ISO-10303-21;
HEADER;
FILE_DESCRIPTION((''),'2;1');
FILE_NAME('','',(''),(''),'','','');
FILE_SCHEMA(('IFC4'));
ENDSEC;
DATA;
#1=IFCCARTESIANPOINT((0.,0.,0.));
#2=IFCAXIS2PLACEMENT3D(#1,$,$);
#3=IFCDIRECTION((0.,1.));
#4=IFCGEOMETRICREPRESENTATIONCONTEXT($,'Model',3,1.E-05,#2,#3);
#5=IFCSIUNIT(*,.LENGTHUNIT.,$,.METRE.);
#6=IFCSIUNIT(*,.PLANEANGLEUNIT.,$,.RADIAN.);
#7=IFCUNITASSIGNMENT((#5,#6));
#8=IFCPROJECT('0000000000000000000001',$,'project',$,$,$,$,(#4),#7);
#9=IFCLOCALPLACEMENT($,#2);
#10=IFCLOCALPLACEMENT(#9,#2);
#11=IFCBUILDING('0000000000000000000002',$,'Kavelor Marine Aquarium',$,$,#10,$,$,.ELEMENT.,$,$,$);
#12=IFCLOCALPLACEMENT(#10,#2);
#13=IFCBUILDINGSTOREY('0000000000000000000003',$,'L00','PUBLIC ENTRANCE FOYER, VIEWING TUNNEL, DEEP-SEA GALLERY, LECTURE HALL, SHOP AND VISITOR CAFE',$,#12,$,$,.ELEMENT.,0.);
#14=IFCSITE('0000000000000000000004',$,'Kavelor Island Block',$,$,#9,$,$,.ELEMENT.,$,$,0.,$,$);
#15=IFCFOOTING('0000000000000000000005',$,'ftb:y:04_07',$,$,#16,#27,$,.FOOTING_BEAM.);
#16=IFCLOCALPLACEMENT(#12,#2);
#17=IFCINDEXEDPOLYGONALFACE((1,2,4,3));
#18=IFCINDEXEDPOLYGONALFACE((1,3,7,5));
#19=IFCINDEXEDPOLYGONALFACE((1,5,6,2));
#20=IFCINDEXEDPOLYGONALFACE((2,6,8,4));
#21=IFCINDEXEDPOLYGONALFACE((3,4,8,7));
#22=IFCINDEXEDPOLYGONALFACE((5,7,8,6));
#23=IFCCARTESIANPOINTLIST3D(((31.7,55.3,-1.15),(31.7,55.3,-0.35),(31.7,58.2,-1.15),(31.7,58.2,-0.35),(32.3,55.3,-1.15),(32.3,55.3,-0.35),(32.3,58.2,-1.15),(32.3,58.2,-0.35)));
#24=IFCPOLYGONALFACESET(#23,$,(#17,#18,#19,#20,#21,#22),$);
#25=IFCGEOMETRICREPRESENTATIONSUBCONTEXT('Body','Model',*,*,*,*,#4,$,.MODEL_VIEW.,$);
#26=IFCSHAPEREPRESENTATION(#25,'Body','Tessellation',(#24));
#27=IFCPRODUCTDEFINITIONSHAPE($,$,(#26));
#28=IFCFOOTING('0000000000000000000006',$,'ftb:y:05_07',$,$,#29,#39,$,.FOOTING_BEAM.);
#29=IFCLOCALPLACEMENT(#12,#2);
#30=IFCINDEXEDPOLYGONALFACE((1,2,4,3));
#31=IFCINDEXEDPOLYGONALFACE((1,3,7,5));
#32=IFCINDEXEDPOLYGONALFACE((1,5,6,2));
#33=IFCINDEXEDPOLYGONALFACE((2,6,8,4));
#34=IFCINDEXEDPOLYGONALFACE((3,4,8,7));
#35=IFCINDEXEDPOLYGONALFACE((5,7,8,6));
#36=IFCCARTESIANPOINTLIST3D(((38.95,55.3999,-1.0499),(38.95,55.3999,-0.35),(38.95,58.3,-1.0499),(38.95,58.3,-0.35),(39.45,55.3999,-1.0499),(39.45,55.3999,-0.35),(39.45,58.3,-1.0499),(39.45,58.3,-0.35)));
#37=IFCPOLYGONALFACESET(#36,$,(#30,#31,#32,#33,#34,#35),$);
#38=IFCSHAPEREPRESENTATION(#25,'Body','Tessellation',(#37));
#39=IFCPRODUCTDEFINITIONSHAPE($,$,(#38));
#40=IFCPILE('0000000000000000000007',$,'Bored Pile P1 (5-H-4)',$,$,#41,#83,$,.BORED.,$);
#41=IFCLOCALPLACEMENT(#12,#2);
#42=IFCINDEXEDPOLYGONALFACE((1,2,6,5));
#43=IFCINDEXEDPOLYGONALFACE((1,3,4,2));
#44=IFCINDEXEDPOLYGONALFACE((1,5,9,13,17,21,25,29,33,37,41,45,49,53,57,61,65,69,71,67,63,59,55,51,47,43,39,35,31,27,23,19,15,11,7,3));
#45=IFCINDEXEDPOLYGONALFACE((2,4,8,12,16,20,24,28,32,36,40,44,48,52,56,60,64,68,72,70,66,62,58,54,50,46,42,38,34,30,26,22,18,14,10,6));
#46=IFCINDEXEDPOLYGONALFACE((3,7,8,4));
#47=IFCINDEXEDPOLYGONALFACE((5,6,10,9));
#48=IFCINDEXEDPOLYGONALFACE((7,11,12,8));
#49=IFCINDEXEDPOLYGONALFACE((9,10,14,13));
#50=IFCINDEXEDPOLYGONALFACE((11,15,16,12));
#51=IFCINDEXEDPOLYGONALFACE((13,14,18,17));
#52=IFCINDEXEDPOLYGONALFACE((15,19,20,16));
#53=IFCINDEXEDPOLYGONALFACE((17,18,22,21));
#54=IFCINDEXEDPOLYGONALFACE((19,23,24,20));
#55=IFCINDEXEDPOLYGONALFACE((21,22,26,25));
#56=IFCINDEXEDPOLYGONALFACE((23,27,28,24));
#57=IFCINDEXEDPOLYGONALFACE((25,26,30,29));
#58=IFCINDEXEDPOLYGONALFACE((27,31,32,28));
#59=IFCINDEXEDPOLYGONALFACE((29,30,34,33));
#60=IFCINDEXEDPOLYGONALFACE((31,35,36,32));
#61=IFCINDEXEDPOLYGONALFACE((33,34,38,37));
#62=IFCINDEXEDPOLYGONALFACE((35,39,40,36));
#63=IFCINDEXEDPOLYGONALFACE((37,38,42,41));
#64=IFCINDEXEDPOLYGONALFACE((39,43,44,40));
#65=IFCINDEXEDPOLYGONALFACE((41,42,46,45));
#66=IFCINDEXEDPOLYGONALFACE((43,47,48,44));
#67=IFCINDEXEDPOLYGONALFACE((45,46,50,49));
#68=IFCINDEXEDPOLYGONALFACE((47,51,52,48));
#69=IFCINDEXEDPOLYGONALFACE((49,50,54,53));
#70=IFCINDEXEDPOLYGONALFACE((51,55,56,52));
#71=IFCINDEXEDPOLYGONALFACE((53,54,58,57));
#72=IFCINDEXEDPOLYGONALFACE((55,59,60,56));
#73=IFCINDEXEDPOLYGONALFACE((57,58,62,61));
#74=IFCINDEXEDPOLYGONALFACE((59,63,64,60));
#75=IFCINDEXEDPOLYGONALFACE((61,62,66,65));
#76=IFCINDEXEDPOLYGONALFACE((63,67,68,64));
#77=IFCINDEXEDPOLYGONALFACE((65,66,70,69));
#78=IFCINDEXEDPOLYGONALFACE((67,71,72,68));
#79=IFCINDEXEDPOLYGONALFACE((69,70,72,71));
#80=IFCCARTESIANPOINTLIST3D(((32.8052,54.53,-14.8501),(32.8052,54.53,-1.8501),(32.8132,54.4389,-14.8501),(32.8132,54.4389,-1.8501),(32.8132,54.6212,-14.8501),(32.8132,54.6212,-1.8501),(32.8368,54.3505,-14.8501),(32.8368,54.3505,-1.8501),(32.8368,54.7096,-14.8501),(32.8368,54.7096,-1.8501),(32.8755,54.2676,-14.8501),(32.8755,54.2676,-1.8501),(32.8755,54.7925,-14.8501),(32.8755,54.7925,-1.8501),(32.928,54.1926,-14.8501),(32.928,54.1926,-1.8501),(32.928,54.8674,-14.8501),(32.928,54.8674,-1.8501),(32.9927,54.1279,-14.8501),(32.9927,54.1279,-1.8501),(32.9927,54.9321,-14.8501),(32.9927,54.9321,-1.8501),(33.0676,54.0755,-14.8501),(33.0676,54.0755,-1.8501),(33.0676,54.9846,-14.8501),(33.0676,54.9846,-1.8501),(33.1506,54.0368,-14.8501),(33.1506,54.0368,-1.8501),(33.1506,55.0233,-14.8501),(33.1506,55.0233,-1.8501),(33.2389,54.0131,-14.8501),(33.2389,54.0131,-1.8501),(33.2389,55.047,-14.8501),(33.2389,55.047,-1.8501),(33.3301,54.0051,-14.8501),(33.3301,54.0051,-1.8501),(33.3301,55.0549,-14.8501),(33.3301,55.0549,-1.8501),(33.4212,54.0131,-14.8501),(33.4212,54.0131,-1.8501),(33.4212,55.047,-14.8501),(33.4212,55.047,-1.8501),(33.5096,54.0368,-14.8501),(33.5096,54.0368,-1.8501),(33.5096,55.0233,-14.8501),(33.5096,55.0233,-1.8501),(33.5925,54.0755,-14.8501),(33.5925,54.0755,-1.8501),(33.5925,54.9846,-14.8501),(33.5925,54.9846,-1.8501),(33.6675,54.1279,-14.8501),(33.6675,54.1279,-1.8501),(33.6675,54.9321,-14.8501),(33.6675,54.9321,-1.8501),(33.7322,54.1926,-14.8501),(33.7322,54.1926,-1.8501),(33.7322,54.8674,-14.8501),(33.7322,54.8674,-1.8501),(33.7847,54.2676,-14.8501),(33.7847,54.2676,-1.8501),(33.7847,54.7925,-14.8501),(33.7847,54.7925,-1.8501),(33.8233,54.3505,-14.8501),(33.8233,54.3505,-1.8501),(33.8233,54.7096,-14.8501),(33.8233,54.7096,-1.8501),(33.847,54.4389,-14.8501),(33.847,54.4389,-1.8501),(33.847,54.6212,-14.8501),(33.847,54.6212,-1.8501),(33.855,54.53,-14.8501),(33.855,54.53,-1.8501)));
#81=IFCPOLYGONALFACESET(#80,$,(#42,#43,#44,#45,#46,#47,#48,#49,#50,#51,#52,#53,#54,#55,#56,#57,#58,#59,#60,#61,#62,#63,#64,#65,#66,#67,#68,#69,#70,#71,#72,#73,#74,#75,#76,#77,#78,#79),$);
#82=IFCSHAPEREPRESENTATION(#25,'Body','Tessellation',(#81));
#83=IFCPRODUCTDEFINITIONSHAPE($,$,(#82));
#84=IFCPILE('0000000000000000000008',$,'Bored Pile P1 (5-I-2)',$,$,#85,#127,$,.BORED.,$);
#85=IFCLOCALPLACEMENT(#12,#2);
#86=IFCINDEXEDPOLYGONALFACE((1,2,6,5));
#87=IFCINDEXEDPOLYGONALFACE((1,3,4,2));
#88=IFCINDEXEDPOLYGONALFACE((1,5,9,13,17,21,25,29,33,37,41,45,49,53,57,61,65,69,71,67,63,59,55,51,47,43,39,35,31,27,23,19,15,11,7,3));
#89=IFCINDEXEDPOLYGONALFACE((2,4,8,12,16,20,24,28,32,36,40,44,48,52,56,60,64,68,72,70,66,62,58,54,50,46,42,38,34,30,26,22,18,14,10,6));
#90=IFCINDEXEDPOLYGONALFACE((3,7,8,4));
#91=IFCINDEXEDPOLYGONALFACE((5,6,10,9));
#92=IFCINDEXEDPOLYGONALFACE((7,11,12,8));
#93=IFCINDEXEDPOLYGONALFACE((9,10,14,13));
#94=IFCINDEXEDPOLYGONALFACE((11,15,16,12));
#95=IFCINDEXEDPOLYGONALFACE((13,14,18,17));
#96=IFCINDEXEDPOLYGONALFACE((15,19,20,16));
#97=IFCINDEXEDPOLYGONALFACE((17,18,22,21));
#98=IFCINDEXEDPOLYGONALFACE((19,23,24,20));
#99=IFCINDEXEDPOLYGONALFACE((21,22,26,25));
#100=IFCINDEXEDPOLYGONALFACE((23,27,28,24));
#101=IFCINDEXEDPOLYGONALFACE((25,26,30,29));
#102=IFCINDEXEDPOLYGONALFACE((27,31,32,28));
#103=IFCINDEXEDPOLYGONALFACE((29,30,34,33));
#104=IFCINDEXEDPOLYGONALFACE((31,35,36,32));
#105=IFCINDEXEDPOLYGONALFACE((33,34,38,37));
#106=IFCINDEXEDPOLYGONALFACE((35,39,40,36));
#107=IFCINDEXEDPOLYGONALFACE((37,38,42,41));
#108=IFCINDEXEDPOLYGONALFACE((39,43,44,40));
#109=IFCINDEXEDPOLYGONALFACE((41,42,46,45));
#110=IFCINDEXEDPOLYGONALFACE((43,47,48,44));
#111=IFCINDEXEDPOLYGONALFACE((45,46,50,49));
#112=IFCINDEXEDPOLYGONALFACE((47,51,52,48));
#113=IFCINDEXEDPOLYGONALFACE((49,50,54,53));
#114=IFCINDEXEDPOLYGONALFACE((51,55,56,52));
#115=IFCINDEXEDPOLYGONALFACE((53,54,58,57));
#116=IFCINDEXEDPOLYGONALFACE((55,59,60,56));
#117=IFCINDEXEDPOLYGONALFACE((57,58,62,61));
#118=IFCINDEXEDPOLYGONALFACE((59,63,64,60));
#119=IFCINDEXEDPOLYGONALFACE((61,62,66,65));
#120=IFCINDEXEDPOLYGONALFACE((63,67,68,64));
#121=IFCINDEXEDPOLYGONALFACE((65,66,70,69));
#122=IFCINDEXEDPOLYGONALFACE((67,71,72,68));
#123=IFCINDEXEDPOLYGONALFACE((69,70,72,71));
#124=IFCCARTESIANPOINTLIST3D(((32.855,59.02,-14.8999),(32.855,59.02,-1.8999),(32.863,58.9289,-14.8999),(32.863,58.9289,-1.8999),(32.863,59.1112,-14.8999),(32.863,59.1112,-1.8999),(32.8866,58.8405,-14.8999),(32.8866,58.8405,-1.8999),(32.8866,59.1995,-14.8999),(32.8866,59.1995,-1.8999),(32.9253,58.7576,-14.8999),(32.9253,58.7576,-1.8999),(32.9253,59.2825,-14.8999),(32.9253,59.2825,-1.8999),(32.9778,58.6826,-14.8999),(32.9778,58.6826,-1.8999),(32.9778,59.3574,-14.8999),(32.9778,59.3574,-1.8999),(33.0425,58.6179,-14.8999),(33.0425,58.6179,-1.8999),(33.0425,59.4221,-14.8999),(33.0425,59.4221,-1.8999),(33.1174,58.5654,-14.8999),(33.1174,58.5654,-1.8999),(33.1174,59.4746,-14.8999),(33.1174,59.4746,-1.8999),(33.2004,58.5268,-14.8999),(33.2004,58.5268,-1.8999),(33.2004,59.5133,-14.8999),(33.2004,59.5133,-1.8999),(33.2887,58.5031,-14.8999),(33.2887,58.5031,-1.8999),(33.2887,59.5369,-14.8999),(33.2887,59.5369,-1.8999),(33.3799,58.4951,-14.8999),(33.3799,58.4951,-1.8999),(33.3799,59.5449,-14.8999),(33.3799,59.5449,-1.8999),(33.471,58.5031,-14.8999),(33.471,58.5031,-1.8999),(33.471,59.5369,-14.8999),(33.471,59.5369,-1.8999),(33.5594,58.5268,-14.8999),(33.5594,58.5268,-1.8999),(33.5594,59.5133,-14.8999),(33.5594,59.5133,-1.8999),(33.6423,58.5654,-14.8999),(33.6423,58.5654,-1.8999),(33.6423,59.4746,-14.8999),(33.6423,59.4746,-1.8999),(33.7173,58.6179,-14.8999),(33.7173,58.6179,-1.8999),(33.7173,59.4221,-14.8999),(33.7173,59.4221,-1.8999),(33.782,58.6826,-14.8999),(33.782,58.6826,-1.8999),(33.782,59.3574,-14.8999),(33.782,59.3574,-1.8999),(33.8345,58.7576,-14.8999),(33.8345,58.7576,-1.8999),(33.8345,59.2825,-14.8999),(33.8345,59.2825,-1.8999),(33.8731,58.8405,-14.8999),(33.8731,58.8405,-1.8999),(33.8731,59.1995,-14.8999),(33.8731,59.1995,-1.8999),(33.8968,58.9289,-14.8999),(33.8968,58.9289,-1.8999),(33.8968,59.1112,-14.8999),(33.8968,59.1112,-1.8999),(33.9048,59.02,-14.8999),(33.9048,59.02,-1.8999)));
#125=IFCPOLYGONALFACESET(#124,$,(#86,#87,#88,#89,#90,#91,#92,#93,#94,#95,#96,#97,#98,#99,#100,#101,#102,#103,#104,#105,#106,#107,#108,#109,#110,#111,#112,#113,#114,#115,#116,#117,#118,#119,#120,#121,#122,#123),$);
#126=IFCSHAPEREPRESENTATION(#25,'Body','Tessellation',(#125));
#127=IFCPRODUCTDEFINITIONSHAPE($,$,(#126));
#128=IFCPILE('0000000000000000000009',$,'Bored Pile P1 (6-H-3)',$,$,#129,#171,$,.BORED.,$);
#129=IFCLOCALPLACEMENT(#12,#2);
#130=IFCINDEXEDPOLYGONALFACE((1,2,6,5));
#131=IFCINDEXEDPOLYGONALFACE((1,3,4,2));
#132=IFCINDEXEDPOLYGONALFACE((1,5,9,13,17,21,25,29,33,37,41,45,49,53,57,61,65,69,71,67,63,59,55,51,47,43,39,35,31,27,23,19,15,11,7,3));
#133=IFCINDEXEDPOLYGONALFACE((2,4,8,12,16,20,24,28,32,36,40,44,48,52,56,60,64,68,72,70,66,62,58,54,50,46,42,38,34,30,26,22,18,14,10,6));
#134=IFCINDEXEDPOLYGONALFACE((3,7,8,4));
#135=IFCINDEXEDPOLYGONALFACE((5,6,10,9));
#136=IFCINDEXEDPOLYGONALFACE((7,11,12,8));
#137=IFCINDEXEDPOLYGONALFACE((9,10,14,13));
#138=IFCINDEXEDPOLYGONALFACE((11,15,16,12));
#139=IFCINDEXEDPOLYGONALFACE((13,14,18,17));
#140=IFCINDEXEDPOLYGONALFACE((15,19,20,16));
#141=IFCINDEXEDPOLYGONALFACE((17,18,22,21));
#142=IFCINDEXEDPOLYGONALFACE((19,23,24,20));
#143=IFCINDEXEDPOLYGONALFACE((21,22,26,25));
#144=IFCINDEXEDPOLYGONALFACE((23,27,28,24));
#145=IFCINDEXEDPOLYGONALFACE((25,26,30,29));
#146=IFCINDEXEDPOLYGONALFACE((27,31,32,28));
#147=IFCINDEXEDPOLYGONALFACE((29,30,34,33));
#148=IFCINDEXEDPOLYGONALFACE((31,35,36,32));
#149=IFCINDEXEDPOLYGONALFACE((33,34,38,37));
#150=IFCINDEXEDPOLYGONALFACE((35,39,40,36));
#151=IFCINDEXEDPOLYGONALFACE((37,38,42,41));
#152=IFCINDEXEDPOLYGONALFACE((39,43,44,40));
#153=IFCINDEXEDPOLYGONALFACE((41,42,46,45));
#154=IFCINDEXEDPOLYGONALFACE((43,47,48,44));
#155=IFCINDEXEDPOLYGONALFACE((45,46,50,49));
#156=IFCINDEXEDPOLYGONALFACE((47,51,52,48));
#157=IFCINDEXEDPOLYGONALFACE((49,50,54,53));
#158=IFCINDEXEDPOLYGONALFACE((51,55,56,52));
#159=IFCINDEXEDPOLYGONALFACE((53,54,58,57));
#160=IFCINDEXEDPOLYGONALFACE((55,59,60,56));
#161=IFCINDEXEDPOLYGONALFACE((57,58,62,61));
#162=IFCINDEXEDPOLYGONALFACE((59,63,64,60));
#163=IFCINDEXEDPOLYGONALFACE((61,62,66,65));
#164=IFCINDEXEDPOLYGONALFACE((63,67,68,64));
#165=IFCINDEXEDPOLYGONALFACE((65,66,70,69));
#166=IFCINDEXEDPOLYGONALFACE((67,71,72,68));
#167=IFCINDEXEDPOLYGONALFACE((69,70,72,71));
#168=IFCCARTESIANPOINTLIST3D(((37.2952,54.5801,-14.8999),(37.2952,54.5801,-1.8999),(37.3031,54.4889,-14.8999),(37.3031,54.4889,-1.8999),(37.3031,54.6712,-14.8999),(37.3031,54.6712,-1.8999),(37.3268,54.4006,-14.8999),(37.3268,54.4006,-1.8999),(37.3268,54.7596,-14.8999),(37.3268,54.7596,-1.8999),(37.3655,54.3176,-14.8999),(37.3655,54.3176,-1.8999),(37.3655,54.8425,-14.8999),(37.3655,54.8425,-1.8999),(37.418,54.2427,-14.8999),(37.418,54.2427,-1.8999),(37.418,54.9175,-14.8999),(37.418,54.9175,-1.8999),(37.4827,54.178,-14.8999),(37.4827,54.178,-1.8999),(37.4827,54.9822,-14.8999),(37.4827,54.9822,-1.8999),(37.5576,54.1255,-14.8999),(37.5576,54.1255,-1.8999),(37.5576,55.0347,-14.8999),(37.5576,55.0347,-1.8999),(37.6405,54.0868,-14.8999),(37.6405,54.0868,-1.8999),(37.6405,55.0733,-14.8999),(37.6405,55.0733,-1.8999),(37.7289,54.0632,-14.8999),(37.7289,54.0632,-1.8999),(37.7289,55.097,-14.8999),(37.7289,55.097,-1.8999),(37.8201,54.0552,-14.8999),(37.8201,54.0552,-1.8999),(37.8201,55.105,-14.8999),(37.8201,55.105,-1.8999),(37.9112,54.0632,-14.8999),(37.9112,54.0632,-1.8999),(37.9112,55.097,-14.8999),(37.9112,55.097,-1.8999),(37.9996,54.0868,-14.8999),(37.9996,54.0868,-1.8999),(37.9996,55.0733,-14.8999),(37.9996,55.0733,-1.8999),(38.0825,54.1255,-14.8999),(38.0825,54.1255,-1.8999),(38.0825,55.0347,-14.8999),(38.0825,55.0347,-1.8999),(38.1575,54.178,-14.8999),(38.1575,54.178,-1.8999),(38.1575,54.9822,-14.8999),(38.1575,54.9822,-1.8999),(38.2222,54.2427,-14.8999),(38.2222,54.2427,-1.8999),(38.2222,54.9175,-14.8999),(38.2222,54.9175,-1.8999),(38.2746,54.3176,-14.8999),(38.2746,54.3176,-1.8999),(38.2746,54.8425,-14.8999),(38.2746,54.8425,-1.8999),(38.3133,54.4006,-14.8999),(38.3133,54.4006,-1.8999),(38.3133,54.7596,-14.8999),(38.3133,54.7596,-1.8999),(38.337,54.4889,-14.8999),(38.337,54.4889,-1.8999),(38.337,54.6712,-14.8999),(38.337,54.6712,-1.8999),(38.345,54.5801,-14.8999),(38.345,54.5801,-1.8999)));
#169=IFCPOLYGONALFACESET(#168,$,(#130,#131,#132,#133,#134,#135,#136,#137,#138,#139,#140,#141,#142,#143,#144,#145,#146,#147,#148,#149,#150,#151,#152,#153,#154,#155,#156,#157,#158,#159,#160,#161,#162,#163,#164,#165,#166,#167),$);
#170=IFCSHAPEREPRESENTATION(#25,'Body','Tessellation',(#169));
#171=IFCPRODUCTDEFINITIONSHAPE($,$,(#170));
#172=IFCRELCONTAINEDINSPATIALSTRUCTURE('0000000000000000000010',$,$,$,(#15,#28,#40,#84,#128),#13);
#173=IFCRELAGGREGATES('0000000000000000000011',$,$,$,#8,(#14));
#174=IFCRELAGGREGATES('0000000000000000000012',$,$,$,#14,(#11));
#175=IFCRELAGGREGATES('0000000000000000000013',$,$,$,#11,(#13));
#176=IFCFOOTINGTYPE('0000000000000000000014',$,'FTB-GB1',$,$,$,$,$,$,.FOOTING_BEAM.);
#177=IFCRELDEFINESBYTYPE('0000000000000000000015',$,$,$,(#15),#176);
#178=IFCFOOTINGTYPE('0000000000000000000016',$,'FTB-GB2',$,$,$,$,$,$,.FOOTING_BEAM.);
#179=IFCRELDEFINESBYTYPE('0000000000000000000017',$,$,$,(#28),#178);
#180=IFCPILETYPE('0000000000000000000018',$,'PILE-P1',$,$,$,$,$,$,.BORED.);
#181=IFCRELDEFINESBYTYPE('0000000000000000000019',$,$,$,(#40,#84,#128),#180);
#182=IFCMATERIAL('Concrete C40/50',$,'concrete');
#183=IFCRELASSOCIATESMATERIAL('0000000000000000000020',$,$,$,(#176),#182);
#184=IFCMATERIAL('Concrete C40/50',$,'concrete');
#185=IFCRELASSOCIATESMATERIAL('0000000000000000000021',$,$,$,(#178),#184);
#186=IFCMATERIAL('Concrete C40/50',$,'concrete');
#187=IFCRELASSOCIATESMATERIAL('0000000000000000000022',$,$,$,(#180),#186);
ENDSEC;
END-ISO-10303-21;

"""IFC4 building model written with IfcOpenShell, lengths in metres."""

from ifc_helpers import new_model, si_unit, direction, frame, origin, origin_2d, place, context, subcontext, project, spatial, rectangle, circle, extrude, material, material_profile, profile_set, type_object, element, save


model = new_model("IFC4")

# Units and contexts
model_context = context("Model", 3, precision=1e-05, world=origin(), true_north=direction((0.0, 1.0)))
body_context = subcontext(model_context, "Body", "Model", "MODEL_VIEW")
ifc_project = project(units=[si_unit("LENGTHUNIT", "METRE"), si_unit("PLANEANGLEUNIT", "RADIAN")], contexts=[model_context])

# Site, building, storey
site_placement = place(None, origin())
site = spatial("IfcSite", under=ifc_project, at=site_placement, Name="Kavelor Island Block", CompositionType="ELEMENT", RefElevation=0.0)
building_placement = place(site_placement, origin())
building = spatial("IfcBuilding", under=site, at=building_placement, Name="Kavelor Marine Aquarium", CompositionType="ELEMENT")
storey_placement = place(building_placement, origin())
storey = spatial("IfcBuildingStorey", under=building, at=storey_placement, Name="L00", Description="PUBLIC ENTRANCE FOYER, VIEWING TUNNEL, DEEP-SEA GALLERY, LECTURE HALL, SHOP AND VISITOR CAFE", CompositionType="ELEMENT", Elevation=0.0)

# Footings
ifc_material_1 = material(Name="Concrete C40/50", Category="concrete")
ifc_material_profile_1 = material_profile(ifc_material_1, rectangle(XDim=0.6001, YDim=0.8, at=origin_2d()), Name="GB 600x800")
ifc_profile_set_1 = profile_set([ifc_material_profile_1], Name="Concrete C40/50")
footing_type_1 = type_object("IfcFootingType", Name="FTB-GB1", PredefinedType="FOOTING_BEAM", material=ifc_profile_set_1)
footing_1_placement = place(storey_placement, frame((32.0, 55.3, -0.75), z_axis=(0.0, 1.0, 0.0), x_axis=(-1.0, 0.0, 0.0)))
element("IfcFooting", 1, at=footing_1_placement, inside=storey, type_object=footing_type_1, Name="ftb:y:04_07", PredefinedType="FOOTING_BEAM", context=body_context, shape_type="SweptSolid", body=[
    extrude(rectangle(XDim=0.6001, YDim=0.8, at=origin_2d()), origin(), (0.0, 0.0, 1.0), 2.8999),
])
ifc_material_2 = material(Name="Concrete C40/50", Category="concrete")
ifc_material_profile_2 = material_profile(ifc_material_2, rectangle(XDim=0.5, YDim=0.7, at=origin_2d()), Name="GB 500x700")
ifc_profile_set_2 = profile_set([ifc_material_profile_2], Name="Concrete C40/50")
footing_type_2 = type_object("IfcFootingType", Name="FTB-GB2", PredefinedType="FOOTING_BEAM", material=ifc_profile_set_2)
footing_2_placement = place(storey_placement, frame((39.2, 55.3999, -0.7), z_axis=(0.0, 1.0, 0.0), x_axis=(-1.0, 0.0, 0.0)))
element("IfcFooting", 2, at=footing_2_placement, inside=storey, type_object=footing_type_2, Name="ftb:y:05_07", PredefinedType="FOOTING_BEAM", context=body_context, shape_type="SweptSolid", body=[
    extrude(rectangle(XDim=0.5, YDim=0.7, at=origin_2d()), origin(), (0.0, 0.0, 1.0), 2.9001),
])

# Piles
ifc_material_3 = material(Name="Concrete C40/50", Category="concrete")
ifc_material_profile_3 = material_profile(ifc_material_3, circle(Radius=0.5249, at=origin_2d()), Name="PILE D1050")
ifc_profile_set_3 = profile_set([ifc_material_profile_3], Name="Concrete C40/50")
pile_type = type_object("IfcPileType", Name="PILE-P1", PredefinedType="BORED", material=ifc_profile_set_3)
for number, where, z_axis, x_axis, name in (
    (3, (33.3301, 54.53, -1.8501), (0.0, 0.0, -1.0), (1.0, 0.0, 0.0), "Bored Pile P1 (5-H-4)"),
    (4, (33.3799, 59.02, -1.8999), (0.0, 0.0, -1.0), (1.0, 0.0, 0.0), "Bored Pile P1 (5-I-2)"),
    (5, (37.8201, 54.5801, -1.8999), (0.0, 0.0, -1.0), (1.0, 0.0, 0.0), "Bored Pile P1 (6-H-3)"),
):
    element("IfcPile", number, at=place(storey_placement, frame(where, z_axis=z_axis, x_axis=x_axis)), inside=storey, type_object=pile_type, Name=name, PredefinedType="BORED", context=body_context, shape_type="SweptSolid", body=[
        extrude(circle(Radius=0.5249, at=origin_2d()), origin(), (0.0, 0.0, 1.0), 13.0),
    ])

save(model, "model.ifc")
